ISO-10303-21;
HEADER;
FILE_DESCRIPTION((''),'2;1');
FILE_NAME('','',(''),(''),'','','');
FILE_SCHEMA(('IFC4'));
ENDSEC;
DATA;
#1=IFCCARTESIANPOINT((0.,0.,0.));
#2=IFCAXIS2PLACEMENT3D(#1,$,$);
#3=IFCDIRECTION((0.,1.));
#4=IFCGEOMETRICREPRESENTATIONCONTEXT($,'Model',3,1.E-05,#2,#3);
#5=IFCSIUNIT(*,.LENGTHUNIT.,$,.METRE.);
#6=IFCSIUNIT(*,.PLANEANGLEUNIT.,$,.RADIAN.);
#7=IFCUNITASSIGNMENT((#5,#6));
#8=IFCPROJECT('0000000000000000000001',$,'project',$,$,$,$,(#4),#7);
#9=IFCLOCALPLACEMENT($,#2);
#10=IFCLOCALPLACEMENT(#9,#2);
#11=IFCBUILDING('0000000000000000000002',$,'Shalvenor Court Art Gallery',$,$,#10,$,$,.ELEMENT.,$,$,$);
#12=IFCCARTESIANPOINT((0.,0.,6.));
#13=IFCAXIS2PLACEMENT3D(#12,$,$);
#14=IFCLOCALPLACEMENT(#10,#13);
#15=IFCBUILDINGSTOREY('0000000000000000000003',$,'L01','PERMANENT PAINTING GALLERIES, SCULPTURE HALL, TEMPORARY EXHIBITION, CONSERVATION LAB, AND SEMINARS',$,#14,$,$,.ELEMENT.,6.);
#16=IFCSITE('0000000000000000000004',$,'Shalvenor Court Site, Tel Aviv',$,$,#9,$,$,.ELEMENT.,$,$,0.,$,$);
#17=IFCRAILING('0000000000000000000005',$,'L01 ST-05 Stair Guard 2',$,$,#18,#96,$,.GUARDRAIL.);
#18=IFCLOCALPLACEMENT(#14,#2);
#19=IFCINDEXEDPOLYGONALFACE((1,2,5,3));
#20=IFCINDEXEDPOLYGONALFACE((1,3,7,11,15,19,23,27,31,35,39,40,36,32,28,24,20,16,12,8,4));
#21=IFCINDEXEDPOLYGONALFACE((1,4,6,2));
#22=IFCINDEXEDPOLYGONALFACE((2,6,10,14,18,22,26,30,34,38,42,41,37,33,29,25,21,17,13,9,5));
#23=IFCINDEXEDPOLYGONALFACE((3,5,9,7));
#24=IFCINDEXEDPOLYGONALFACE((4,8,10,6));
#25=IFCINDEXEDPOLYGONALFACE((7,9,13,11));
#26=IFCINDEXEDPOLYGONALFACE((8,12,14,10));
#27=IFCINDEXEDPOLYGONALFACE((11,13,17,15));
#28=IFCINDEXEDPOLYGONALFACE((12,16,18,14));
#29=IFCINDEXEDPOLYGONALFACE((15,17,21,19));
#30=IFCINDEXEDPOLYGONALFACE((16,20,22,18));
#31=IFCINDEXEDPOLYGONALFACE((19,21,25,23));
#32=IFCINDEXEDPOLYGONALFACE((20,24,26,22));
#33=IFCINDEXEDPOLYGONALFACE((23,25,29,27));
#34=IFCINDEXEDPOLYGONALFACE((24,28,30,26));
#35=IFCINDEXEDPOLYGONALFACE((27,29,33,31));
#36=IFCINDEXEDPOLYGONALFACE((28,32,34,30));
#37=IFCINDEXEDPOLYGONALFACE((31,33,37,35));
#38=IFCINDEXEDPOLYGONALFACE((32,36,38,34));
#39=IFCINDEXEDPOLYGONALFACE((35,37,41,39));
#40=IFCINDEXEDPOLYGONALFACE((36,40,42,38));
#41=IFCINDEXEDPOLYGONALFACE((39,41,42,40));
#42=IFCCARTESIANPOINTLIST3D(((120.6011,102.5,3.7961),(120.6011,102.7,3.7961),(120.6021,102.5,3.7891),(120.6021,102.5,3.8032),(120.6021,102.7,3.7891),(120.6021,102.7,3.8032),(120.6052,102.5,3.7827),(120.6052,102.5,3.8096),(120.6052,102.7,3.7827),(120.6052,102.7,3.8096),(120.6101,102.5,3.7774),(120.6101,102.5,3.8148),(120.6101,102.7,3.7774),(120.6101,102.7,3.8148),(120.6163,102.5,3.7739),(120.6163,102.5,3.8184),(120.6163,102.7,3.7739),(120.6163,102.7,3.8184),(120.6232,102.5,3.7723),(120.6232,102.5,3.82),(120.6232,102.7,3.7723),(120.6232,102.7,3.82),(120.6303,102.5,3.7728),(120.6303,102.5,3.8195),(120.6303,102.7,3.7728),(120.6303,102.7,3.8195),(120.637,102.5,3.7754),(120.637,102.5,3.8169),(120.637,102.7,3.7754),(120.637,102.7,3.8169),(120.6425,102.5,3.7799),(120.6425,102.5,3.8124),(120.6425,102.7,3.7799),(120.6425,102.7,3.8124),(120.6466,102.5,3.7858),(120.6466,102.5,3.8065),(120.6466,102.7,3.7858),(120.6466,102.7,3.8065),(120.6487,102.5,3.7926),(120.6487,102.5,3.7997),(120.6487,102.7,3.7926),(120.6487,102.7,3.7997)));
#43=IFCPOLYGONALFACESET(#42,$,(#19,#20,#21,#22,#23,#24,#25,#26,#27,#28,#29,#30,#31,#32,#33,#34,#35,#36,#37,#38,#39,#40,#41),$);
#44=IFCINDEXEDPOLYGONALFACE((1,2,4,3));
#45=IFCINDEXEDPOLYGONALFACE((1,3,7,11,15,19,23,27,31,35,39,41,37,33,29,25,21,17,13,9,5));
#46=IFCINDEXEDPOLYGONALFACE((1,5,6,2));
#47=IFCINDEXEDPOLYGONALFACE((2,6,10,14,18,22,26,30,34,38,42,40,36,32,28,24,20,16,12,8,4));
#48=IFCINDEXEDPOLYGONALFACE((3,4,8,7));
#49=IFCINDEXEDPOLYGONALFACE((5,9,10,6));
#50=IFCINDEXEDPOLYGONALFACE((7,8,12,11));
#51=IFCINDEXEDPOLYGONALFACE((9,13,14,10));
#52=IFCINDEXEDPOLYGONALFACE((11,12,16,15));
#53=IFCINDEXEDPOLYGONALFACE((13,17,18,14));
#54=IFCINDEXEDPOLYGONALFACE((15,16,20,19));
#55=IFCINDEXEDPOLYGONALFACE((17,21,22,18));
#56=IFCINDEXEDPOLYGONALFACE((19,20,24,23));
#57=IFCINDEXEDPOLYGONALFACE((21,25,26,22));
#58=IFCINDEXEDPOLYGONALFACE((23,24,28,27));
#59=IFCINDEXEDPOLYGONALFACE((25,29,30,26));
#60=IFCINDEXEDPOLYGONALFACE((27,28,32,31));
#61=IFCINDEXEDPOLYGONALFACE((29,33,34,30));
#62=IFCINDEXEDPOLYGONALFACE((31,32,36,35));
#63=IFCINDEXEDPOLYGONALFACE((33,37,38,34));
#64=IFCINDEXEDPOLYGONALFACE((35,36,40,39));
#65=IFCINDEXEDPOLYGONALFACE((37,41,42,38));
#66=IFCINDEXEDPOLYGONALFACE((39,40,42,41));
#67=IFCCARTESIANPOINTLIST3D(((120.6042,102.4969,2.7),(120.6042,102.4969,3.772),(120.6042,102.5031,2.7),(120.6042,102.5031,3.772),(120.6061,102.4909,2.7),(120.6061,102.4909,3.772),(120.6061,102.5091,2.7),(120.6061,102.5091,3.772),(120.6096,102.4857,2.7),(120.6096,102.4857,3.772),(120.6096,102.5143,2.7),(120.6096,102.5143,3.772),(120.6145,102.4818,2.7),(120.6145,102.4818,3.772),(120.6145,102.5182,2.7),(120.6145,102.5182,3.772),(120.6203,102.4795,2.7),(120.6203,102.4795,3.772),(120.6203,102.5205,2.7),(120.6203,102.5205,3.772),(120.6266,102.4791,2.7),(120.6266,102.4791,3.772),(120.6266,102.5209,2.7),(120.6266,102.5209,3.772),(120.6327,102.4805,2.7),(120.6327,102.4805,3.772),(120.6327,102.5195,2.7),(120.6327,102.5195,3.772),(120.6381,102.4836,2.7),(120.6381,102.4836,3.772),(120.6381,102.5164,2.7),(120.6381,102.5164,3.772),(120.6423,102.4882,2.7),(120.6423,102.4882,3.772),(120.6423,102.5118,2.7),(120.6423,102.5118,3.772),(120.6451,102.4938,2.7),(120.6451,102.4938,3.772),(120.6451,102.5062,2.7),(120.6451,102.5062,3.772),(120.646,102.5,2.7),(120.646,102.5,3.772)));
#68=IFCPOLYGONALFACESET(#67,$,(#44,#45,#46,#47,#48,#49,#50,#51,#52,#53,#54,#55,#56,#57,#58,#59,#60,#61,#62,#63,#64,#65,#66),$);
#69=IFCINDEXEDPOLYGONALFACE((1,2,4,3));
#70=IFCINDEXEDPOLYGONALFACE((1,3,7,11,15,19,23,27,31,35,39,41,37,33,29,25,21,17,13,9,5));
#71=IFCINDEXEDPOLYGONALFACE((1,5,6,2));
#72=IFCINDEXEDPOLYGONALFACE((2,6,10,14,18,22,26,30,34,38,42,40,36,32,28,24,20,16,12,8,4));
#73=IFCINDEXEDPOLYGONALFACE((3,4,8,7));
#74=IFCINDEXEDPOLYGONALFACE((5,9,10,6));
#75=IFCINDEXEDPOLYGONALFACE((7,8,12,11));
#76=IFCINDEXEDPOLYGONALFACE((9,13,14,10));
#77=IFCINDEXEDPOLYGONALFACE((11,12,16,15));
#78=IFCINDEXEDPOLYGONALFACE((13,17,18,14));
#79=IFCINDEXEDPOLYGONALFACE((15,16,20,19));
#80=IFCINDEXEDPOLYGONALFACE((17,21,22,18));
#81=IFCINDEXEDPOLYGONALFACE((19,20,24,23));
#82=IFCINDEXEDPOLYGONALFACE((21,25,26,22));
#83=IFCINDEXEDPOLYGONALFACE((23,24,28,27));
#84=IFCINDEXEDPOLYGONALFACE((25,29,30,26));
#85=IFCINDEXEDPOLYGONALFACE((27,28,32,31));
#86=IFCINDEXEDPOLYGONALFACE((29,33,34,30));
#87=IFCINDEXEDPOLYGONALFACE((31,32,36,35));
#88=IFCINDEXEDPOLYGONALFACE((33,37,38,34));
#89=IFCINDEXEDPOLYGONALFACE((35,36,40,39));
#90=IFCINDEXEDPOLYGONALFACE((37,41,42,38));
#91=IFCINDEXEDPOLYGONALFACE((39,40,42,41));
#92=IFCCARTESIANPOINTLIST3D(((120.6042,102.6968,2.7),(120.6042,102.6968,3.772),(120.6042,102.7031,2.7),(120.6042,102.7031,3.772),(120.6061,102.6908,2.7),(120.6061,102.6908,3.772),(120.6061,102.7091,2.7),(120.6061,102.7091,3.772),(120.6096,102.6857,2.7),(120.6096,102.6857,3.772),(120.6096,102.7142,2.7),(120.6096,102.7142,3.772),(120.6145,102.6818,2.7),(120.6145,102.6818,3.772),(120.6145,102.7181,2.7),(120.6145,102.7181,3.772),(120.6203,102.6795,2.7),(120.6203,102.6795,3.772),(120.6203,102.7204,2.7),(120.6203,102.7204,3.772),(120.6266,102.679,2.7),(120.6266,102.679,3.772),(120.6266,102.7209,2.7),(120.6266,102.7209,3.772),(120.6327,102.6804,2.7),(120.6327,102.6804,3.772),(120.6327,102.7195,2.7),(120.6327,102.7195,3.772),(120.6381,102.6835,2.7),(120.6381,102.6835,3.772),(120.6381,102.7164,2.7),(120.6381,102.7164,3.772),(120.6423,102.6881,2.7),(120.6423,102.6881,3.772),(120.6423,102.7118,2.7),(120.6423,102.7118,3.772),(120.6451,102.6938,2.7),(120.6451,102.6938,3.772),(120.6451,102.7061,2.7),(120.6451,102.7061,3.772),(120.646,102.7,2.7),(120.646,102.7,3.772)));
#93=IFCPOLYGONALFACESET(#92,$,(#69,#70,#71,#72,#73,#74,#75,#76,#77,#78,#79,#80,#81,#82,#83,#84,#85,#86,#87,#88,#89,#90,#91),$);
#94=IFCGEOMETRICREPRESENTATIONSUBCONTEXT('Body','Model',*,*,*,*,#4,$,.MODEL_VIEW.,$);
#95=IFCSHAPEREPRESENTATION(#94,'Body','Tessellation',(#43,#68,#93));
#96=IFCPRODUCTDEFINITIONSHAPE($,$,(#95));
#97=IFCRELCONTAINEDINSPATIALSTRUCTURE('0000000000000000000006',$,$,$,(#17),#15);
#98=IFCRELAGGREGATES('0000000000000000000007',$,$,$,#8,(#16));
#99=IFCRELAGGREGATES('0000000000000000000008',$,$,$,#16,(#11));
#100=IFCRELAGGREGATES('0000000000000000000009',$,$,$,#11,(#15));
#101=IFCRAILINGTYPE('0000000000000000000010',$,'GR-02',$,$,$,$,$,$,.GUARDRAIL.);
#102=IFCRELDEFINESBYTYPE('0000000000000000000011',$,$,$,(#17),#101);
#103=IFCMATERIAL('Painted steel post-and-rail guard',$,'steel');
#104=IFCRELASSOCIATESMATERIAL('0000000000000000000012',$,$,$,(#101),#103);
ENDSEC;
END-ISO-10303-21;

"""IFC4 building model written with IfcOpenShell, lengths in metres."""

from ifc_helpers import new_model, si_unit, direction, frame, origin, origin_2d, place, context, subcontext, project, spatial, circle, extrude, material, type_object, element, save


model = new_model("IFC4")

# Units and contexts
model_context = context("Model", 3, precision=1e-05, world=origin(), true_north=direction((0.0, 1.0)))
body_context = subcontext(model_context, "Body", "Model", "MODEL_VIEW")
ifc_project = project(units=[si_unit("LENGTHUNIT", "METRE"), si_unit("PLANEANGLEUNIT", "RADIAN")], contexts=[model_context])

# Site, building, storey
site_placement = place(None, origin())
site = spatial("IfcSite", under=ifc_project, at=site_placement, Name="Shalvenor Court Site, Tel Aviv", CompositionType="ELEMENT", RefElevation=0.0)
building_placement = place(site_placement, origin())
building = spatial("IfcBuilding", under=site, at=building_placement, Name="Shalvenor Court Art Gallery", CompositionType="ELEMENT")
storey_placement = place(building_placement, frame((0.0, 0.0, 6.0)))
storey = spatial("IfcBuildingStorey", under=building, at=storey_placement, Name="L01", Description="PERMANENT PAINTING GALLERIES, SCULPTURE HALL, TEMPORARY EXHIBITION, CONSERVATION LAB, AND SEMINARS", CompositionType="ELEMENT", Elevation=6.0)

# Railing
ifc_material_1 = material(Name="Painted steel post-and-rail guard", Category="steel")
railing_type_1 = type_object("IfcRailingType", Name="GR-02", PredefinedType="GUARDRAIL", material=ifc_material_1)
railing_1_placement = place(storey_placement, frame((120.625, 102.5, 2.7)))
element("IfcRailing", 1, at=railing_1_placement, inside=storey, type_object=railing_type_1, Name="L01 ST-05 Stair Guard 2", PredefinedType="GUARDRAIL", context=body_context, shape_type="SweptSolid", body=[
    extrude(circle(Radius=0.0239, at=origin_2d()), frame((0.0, 0.0, 1.0962), z_axis=(0.0, 1.0, 0.0), x_axis=(-1.0, 0.0, 0.0)), (0.0, 0.0, 1.0), 0.2),
    extrude(circle(Radius=0.021, at=origin_2d()), origin(), (0.0, 0.0, 1.0), 1.072),
    extrude(circle(Radius=0.021, at=origin_2d()), frame((0.0, 0.2, 0.0)), (0.0, 0.0, 1.0), 1.072),
])

save(model, "model.ifc")
